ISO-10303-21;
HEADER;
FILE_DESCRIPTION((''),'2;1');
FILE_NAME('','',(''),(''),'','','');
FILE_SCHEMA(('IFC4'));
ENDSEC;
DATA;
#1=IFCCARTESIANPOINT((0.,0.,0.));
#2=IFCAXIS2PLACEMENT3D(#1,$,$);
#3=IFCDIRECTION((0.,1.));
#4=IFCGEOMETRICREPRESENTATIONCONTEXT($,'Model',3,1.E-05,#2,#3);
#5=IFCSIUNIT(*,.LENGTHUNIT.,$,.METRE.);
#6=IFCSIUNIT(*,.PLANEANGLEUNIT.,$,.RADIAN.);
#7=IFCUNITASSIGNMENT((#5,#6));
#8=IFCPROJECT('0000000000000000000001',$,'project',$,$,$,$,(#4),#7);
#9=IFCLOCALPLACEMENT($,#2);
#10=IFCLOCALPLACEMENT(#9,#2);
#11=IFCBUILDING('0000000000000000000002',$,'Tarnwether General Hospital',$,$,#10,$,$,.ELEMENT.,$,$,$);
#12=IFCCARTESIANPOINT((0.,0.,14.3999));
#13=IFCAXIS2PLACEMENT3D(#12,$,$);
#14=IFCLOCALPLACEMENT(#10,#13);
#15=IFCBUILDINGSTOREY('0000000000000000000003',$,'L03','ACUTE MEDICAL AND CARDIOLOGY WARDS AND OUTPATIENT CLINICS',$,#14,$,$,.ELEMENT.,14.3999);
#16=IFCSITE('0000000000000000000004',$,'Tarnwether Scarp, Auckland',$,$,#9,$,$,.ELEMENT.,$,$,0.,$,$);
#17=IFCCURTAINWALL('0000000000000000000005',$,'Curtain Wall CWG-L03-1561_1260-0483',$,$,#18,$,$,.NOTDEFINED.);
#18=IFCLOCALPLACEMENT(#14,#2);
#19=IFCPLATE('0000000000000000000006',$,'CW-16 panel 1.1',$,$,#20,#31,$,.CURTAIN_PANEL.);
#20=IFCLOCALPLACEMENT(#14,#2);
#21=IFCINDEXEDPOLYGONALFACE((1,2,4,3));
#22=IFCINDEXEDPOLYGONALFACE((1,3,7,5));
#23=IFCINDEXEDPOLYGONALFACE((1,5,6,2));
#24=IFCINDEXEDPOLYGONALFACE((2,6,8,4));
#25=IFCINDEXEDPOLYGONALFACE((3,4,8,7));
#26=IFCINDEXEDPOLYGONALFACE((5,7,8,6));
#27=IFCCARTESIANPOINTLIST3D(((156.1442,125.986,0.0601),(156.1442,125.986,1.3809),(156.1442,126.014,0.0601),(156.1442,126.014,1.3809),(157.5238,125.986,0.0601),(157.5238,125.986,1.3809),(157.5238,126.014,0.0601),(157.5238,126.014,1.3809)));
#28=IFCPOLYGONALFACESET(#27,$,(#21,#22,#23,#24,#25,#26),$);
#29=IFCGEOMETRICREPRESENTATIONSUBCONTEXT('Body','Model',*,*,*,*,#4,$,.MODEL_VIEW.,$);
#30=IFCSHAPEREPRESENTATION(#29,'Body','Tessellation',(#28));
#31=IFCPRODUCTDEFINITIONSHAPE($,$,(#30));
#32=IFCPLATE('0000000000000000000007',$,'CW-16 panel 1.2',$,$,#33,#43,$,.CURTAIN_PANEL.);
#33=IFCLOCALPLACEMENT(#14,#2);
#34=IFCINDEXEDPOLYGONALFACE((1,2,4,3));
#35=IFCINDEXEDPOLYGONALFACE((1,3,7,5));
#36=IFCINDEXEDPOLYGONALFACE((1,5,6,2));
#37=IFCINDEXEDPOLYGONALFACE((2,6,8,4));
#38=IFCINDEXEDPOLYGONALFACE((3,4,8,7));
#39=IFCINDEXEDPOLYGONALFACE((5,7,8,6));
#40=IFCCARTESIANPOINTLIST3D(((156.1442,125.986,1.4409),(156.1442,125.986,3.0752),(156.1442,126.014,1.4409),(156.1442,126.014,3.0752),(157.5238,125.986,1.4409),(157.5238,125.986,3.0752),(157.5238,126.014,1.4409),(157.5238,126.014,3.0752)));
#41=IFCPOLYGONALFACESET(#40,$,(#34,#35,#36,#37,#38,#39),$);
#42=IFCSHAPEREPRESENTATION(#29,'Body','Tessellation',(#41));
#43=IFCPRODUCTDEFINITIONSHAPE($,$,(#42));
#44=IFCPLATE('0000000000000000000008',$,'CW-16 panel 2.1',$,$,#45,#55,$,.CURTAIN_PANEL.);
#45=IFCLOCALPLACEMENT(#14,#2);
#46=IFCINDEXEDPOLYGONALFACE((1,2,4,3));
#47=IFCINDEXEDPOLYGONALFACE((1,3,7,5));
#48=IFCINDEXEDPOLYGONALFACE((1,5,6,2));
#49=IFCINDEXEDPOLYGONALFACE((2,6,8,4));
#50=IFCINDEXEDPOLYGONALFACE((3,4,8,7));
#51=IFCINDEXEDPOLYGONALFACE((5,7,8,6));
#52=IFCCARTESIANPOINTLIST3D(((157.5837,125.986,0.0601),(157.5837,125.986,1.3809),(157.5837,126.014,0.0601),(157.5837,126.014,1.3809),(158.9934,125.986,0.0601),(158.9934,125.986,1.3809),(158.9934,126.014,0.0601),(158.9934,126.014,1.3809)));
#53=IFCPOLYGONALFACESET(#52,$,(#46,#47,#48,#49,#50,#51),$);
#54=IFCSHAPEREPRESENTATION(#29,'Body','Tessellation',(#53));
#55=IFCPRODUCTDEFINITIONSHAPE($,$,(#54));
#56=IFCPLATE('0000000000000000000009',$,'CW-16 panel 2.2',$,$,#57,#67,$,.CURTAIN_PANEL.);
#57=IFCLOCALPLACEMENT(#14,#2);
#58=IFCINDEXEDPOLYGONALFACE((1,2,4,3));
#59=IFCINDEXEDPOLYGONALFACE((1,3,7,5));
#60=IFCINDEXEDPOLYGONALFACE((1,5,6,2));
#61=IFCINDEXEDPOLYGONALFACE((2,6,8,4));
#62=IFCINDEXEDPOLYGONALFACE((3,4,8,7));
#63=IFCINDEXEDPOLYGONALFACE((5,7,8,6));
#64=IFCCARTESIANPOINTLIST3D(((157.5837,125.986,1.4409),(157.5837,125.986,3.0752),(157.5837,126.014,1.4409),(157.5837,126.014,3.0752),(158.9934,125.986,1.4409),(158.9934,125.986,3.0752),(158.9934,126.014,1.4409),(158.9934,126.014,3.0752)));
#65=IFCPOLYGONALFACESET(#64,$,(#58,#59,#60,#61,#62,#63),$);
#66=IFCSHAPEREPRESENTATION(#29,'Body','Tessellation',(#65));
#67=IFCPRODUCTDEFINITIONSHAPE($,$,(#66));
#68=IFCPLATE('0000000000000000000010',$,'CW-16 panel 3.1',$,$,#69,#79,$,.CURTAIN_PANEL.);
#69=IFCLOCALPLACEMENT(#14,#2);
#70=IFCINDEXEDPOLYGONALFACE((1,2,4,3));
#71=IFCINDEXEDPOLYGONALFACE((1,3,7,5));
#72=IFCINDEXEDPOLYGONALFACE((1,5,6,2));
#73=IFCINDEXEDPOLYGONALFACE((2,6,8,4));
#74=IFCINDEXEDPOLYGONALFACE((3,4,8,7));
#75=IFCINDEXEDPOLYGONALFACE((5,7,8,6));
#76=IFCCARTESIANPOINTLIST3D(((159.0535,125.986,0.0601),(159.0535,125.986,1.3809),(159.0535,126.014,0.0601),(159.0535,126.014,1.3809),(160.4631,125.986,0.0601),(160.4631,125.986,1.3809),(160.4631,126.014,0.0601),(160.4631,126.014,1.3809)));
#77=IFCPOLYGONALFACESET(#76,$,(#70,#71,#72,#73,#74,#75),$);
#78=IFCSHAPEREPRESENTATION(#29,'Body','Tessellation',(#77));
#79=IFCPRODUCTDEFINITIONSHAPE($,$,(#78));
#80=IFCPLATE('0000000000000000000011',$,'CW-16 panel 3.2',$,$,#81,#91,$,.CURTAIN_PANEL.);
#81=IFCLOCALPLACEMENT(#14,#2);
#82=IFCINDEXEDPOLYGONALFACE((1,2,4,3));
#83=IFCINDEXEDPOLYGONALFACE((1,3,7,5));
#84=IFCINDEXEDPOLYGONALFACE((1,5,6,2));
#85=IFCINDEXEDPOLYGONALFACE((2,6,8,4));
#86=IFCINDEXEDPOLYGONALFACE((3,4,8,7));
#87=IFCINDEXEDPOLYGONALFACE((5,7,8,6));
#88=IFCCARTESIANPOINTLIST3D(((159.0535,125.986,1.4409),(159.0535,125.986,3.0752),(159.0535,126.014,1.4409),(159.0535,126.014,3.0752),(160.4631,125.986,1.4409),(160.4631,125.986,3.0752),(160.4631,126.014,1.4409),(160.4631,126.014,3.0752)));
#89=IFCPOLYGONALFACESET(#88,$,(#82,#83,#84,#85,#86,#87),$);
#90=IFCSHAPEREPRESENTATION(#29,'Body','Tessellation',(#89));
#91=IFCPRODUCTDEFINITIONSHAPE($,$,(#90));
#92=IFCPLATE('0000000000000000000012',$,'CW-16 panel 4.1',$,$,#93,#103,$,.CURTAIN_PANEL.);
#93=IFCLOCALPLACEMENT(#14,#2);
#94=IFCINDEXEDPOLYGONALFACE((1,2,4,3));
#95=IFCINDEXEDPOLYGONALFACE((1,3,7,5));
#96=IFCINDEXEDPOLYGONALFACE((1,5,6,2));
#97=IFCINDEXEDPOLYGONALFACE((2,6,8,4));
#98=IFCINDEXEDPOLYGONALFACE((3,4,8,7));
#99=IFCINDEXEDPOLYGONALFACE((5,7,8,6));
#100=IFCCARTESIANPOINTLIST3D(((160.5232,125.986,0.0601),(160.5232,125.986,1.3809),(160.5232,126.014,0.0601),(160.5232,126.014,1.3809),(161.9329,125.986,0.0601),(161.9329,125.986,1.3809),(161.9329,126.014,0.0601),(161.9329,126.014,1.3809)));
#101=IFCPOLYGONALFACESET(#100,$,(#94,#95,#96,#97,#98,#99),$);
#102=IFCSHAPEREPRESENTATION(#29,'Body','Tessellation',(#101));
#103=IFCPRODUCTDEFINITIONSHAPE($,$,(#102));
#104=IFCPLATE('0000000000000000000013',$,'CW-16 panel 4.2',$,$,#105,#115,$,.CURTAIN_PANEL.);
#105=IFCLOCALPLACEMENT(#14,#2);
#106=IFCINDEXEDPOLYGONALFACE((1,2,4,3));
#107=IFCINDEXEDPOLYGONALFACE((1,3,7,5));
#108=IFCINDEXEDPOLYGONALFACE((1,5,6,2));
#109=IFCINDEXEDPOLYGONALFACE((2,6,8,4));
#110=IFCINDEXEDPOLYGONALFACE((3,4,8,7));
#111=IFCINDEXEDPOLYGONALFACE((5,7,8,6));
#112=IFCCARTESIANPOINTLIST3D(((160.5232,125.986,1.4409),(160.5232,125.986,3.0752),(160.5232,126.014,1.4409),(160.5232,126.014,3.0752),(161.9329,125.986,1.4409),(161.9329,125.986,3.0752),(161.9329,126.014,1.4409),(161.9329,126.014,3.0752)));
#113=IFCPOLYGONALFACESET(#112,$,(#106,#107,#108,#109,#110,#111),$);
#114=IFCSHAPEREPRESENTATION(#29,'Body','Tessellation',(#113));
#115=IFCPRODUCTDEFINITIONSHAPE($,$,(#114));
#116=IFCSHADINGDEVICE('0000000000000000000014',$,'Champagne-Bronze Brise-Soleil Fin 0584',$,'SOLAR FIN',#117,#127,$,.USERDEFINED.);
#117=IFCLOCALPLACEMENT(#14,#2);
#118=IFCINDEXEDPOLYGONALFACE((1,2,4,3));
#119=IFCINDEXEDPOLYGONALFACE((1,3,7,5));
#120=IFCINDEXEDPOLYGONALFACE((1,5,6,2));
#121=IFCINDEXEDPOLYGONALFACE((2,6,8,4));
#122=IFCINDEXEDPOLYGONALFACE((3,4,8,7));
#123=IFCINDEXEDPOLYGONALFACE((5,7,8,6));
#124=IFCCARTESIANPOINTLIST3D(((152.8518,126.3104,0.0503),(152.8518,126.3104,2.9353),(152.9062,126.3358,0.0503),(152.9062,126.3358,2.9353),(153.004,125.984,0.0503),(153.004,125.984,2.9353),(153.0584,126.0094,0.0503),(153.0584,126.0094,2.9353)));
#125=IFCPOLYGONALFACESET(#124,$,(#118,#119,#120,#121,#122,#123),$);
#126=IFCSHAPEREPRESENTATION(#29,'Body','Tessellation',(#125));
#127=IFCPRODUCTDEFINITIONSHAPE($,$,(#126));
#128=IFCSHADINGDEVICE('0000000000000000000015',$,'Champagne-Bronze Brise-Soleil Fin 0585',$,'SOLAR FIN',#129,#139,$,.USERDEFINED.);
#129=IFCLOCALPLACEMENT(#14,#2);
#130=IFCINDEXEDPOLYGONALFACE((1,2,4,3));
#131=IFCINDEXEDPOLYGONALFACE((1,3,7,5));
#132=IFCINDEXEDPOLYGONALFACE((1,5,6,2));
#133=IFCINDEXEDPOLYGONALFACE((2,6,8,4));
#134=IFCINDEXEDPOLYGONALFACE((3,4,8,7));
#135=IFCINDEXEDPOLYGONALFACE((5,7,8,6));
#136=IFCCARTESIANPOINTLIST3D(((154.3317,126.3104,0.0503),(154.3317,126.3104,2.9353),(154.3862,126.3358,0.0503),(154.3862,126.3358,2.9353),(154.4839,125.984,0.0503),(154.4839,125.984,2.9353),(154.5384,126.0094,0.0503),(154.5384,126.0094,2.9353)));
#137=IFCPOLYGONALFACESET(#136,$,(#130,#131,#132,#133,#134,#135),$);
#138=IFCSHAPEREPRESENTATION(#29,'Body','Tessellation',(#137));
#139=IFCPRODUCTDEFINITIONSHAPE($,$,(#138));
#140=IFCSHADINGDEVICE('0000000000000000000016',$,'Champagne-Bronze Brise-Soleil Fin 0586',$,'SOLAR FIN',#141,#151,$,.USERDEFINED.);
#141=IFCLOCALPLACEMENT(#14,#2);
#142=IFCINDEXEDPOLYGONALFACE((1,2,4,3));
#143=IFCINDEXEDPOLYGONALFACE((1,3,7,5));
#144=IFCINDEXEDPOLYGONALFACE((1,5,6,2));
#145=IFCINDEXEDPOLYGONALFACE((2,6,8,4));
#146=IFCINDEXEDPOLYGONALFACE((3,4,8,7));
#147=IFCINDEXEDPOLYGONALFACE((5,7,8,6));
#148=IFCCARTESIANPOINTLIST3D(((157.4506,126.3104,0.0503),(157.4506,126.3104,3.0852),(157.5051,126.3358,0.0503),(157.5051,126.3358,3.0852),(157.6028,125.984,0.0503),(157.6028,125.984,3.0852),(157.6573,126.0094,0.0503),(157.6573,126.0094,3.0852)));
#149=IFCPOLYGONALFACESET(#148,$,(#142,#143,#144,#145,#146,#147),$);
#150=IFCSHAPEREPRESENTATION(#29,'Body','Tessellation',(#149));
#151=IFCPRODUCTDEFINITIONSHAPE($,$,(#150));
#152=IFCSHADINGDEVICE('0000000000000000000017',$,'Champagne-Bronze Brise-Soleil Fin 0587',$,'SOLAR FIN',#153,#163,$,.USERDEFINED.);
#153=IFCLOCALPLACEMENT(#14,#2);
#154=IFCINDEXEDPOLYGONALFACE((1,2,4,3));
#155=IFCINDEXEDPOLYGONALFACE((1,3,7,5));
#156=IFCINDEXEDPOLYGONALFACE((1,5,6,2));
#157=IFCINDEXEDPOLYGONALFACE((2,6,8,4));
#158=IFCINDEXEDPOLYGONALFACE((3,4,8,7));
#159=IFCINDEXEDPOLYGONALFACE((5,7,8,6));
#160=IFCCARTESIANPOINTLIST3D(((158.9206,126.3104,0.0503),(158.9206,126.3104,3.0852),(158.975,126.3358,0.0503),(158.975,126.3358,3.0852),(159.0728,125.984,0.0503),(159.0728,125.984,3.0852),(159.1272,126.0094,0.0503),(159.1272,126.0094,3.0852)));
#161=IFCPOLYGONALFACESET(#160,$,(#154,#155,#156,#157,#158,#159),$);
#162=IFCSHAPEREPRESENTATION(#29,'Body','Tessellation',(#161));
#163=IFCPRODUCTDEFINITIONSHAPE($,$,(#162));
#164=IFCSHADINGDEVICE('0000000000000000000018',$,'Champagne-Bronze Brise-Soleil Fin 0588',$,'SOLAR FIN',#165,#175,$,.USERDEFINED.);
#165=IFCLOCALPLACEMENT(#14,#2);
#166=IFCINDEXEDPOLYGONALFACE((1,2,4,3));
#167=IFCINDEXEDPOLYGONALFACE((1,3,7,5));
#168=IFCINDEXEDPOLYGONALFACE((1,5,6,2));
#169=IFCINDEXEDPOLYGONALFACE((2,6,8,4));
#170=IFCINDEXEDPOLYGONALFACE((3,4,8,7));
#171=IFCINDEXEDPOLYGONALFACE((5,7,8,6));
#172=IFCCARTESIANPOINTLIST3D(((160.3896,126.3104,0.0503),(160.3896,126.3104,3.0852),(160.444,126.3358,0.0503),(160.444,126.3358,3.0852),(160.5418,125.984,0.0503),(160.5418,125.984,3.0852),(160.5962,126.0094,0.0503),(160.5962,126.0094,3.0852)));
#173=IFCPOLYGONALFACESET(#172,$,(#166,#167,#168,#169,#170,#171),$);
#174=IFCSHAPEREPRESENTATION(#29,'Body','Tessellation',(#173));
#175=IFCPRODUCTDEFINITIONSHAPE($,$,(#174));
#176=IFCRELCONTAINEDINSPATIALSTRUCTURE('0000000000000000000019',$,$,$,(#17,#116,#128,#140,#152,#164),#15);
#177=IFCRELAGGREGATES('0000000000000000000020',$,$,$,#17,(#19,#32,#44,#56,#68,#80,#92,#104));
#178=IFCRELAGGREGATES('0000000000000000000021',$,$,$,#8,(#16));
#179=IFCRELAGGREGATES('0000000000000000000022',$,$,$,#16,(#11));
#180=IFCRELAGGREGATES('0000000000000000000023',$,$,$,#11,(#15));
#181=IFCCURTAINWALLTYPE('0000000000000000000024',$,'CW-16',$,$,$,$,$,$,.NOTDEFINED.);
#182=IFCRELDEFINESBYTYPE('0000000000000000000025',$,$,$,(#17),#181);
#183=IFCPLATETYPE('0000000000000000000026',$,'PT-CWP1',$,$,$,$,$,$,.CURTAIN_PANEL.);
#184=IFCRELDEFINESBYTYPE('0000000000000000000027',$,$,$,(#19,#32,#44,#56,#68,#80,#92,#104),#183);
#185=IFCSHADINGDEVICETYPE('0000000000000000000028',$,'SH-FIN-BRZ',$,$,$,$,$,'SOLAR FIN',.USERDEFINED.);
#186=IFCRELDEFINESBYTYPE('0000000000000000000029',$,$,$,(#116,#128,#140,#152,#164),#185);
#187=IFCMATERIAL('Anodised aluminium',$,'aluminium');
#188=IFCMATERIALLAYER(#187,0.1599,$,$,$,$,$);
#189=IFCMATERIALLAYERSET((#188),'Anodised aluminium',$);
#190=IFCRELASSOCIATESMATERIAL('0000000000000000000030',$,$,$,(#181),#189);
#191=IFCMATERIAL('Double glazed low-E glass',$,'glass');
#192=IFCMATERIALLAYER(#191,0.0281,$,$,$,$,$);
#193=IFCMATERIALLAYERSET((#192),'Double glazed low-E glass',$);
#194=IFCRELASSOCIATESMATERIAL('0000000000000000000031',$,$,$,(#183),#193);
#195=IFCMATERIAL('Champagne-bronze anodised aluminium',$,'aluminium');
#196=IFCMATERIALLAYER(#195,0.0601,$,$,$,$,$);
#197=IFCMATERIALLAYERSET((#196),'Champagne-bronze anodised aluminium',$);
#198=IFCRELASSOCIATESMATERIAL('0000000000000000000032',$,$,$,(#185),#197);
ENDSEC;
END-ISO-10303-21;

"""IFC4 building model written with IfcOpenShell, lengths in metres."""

from ifc_helpers import new_model, si_unit, direction, frame, origin, origin_2d, place, context, subcontext, project, spatial, rectangle, extrude, material, layer, layer_set, type_object, element, aggregate, save


model = new_model("IFC4")

# Units and contexts
model_context = context("Model", 3, precision=1e-05, world=origin(), true_north=direction((0.0, 1.0)))
body_context = subcontext(model_context, "Body", "Model", "MODEL_VIEW")
ifc_project = project(units=[si_unit("LENGTHUNIT", "METRE"), si_unit("PLANEANGLEUNIT", "RADIAN")], contexts=[model_context])

# Site, building, storey
site_placement = place(None, origin())
site = spatial("IfcSite", under=ifc_project, at=site_placement, Name="Tarnwether Scarp, Auckland", CompositionType="ELEMENT", RefElevation=0.0)
building_placement = place(site_placement, origin())
building = spatial("IfcBuilding", under=site, at=building_placement, Name="Tarnwether General Hospital", CompositionType="ELEMENT")
storey_placement = place(building_placement, frame((0.0, 0.0, 14.3999)))
storey = spatial("IfcBuildingStorey", under=building, at=storey_placement, Name="L03", Description="ACUTE MEDICAL AND CARDIOLOGY WARDS AND OUTPATIENT CLINICS", CompositionType="ELEMENT", Elevation=14.3999)

# Curtain wall, plates
ifc_material_1 = material(Name="Anodised aluminium", Category="aluminium")
ifc_layer_1 = layer(ifc_material_1, 0.1599)
ifc_layer_set_1 = layer_set([ifc_layer_1], Name="Anodised aluminium")
curtain_wall_type = type_object("IfcCurtainWallType", Name="CW-16", PredefinedType="NOTDEFINED", material=ifc_layer_set_1)
curtain_wall_placement = place(storey_placement, origin())
curtain_wall = element("IfcCurtainWall", 1, at=curtain_wall_placement, inside=storey, type_object=curtain_wall_type, Name="Curtain Wall CWG-L03-1561_1260-0483", PredefinedType="NOTDEFINED")
ifc_material_2 = material(Name="Double glazed low-E glass", Category="glass")
ifc_layer_2 = layer(ifc_material_2, 0.0281)
ifc_layer_set_2 = layer_set([ifc_layer_2], Name="Double glazed low-E glass")
plate_type = type_object("IfcPlateType", Name="PT-CWP1", PredefinedType="CURTAIN_PANEL", material=ifc_layer_set_2)
plate_1_placement = place(storey_placement, frame((156.834, 126.0, 0.0601), z_axis=(0.0, 0.0, 1.0), x_axis=(1.0, 0.0, 0.0)))
plate_1 = element("IfcPlate", 2, at=plate_1_placement, type_object=plate_type, Name="CW-16 panel 1.1", PredefinedType="CURTAIN_PANEL", context=body_context, shape_type="SweptSolid", body=[
    extrude(rectangle(XDim=1.3796, YDim=0.0281, at=origin_2d()), origin(), (0.0, 0.0, 1.0), 1.3208),
])
plate_2_placement = place(storey_placement, frame((156.834, 126.0, 1.4409), z_axis=(0.0, 0.0, 1.0), x_axis=(1.0, 0.0, 0.0)))
plate_2 = element("IfcPlate", 3, at=plate_2_placement, type_object=plate_type, Name="CW-16 panel 1.2", PredefinedType="CURTAIN_PANEL", context=body_context, shape_type="SweptSolid", body=[
    extrude(rectangle(XDim=1.3796, YDim=0.0281, at=origin_2d()), origin(), (0.0, 0.0, 1.0), 1.6343),
])
plate_3_placement = place(storey_placement, frame((158.2886, 126.0, 0.0601), z_axis=(0.0, 0.0, 1.0), x_axis=(1.0, 0.0, 0.0)))
plate_3 = element("IfcPlate", 4, at=plate_3_placement, type_object=plate_type, Name="CW-16 panel 2.1", PredefinedType="CURTAIN_PANEL", context=body_context, shape_type="SweptSolid", body=[
    extrude(rectangle(XDim=1.4097, YDim=0.0281, at=origin_2d()), origin(), (0.0, 0.0, 1.0), 1.3208),
])
plate_4_placement = place(storey_placement, frame((158.2886, 126.0, 1.4409), z_axis=(0.0, 0.0, 1.0), x_axis=(1.0, 0.0, 0.0)))
plate_4 = element("IfcPlate", 5, at=plate_4_placement, type_object=plate_type, Name="CW-16 panel 2.2", PredefinedType="CURTAIN_PANEL", context=body_context, shape_type="SweptSolid", body=[
    extrude(rectangle(XDim=1.4097, YDim=0.0281, at=origin_2d()), origin(), (0.0, 0.0, 1.0), 1.6343),
])
plate_5_placement = place(storey_placement, frame((159.7583, 126.0, 0.0601), z_axis=(0.0, 0.0, 1.0), x_axis=(1.0, 0.0, 0.0)))
plate_5 = element("IfcPlate", 6, at=plate_5_placement, type_object=plate_type, Name="CW-16 panel 3.1", PredefinedType="CURTAIN_PANEL", context=body_context, shape_type="SweptSolid", body=[
    extrude(rectangle(XDim=1.4097, YDim=0.0281, at=origin_2d()), origin(), (0.0, 0.0, 1.0), 1.3208),
])
plate_6_placement = place(storey_placement, frame((159.7583, 126.0, 1.4409), z_axis=(0.0, 0.0, 1.0), x_axis=(1.0, 0.0, 0.0)))
plate_6 = element("IfcPlate", 7, at=plate_6_placement, type_object=plate_type, Name="CW-16 panel 3.2", PredefinedType="CURTAIN_PANEL", context=body_context, shape_type="SweptSolid", body=[
    extrude(rectangle(XDim=1.4097, YDim=0.0281, at=origin_2d()), origin(), (0.0, 0.0, 1.0), 1.6343),
])
plate_7_placement = place(storey_placement, frame((161.228, 126.0, 0.0601), z_axis=(0.0, 0.0, 1.0), x_axis=(1.0, 0.0, 0.0)))
plate_7 = element("IfcPlate", 8, at=plate_7_placement, type_object=plate_type, Name="CW-16 panel 4.1", PredefinedType="CURTAIN_PANEL", context=body_context, shape_type="SweptSolid", body=[
    extrude(rectangle(XDim=1.4097, YDim=0.0281, at=origin_2d()), origin(), (0.0, 0.0, 1.0), 1.3208),
])
plate_8_placement = place(storey_placement, frame((161.228, 126.0, 1.4409), z_axis=(0.0, 0.0, 1.0), x_axis=(1.0, 0.0, 0.0)))
plate_8 = element("IfcPlate", 9, at=plate_8_placement, type_object=plate_type, Name="CW-16 panel 4.2", PredefinedType="CURTAIN_PANEL", context=body_context, shape_type="SweptSolid", body=[
    extrude(rectangle(XDim=1.4097, YDim=0.0281, at=origin_2d()), origin(), (0.0, 0.0, 1.0), 1.6343),
])
aggregate(curtain_wall, [plate_1, plate_2, plate_3, plate_4, plate_5, plate_6, plate_7, plate_8])

# Shading devices
ifc_material_3 = material(Name="Champagne-bronze anodised aluminium", Category="aluminium")
ifc_layer_3 = layer(ifc_material_3, 0.0601)
ifc_layer_set_3 = layer_set([ifc_layer_3], Name="Champagne-bronze anodised aluminium")
shading_device_type = type_object("IfcShadingDeviceType", Name="SH-FIN-BRZ", ElementType="SOLAR FIN", PredefinedType="USERDEFINED", material=ifc_layer_set_3)
for number, where, z_axis, x_axis, name in (
    (10, (152.9551, 126.1599, 0.0503), (0.0, 0.0, 1.0), (0.906308, 0.422618, 0.0), "Champagne-Bronze Brise-Soleil Fin 0584"),
    (11, (154.4351, 126.1599, 0.0503), (0.0, 0.0, 1.0), (0.906308, 0.422618, 0.0), "Champagne-Bronze Brise-Soleil Fin 0585"),
):
    element("IfcShadingDevice", number, at=place(storey_placement, frame(where, z_axis=z_axis, x_axis=x_axis)), inside=storey, type_object=shading_device_type, Name=name, ObjectType="SOLAR FIN", PredefinedType="USERDEFINED", context=body_context, shape_type="SweptSolid", body=[
        extrude(rectangle(XDim=0.0601, YDim=0.3601, at=origin_2d()), origin(), (0.0, 0.0, 1.0), 2.885),
    ])
for number, where, z_axis, x_axis, name in (
    (12, (157.554, 126.1599, 0.0503), (0.0, 0.0, 1.0), (0.906308, 0.422618, 0.0), "Champagne-Bronze Brise-Soleil Fin 0586"),
    (13, (159.0239, 126.1599, 0.0503), (0.0, 0.0, 1.0), (0.906308, 0.422618, 0.0), "Champagne-Bronze Brise-Soleil Fin 0587"),
    (14, (160.4929, 126.1599, 0.0503), (0.0, 0.0, 1.0), (0.906308, 0.422618, 0.0), "Champagne-Bronze Brise-Soleil Fin 0588"),
):
    element("IfcShadingDevice", number, at=place(storey_placement, frame(where, z_axis=z_axis, x_axis=x_axis)), inside=storey, type_object=shading_device_type, Name=name, ObjectType="SOLAR FIN", PredefinedType="USERDEFINED", context=body_context, shape_type="SweptSolid", body=[
        extrude(rectangle(XDim=0.0601, YDim=0.3601, at=origin_2d()), origin(), (0.0, 0.0, 1.0), 3.0349),
    ])

save(model, "model.ifc")
